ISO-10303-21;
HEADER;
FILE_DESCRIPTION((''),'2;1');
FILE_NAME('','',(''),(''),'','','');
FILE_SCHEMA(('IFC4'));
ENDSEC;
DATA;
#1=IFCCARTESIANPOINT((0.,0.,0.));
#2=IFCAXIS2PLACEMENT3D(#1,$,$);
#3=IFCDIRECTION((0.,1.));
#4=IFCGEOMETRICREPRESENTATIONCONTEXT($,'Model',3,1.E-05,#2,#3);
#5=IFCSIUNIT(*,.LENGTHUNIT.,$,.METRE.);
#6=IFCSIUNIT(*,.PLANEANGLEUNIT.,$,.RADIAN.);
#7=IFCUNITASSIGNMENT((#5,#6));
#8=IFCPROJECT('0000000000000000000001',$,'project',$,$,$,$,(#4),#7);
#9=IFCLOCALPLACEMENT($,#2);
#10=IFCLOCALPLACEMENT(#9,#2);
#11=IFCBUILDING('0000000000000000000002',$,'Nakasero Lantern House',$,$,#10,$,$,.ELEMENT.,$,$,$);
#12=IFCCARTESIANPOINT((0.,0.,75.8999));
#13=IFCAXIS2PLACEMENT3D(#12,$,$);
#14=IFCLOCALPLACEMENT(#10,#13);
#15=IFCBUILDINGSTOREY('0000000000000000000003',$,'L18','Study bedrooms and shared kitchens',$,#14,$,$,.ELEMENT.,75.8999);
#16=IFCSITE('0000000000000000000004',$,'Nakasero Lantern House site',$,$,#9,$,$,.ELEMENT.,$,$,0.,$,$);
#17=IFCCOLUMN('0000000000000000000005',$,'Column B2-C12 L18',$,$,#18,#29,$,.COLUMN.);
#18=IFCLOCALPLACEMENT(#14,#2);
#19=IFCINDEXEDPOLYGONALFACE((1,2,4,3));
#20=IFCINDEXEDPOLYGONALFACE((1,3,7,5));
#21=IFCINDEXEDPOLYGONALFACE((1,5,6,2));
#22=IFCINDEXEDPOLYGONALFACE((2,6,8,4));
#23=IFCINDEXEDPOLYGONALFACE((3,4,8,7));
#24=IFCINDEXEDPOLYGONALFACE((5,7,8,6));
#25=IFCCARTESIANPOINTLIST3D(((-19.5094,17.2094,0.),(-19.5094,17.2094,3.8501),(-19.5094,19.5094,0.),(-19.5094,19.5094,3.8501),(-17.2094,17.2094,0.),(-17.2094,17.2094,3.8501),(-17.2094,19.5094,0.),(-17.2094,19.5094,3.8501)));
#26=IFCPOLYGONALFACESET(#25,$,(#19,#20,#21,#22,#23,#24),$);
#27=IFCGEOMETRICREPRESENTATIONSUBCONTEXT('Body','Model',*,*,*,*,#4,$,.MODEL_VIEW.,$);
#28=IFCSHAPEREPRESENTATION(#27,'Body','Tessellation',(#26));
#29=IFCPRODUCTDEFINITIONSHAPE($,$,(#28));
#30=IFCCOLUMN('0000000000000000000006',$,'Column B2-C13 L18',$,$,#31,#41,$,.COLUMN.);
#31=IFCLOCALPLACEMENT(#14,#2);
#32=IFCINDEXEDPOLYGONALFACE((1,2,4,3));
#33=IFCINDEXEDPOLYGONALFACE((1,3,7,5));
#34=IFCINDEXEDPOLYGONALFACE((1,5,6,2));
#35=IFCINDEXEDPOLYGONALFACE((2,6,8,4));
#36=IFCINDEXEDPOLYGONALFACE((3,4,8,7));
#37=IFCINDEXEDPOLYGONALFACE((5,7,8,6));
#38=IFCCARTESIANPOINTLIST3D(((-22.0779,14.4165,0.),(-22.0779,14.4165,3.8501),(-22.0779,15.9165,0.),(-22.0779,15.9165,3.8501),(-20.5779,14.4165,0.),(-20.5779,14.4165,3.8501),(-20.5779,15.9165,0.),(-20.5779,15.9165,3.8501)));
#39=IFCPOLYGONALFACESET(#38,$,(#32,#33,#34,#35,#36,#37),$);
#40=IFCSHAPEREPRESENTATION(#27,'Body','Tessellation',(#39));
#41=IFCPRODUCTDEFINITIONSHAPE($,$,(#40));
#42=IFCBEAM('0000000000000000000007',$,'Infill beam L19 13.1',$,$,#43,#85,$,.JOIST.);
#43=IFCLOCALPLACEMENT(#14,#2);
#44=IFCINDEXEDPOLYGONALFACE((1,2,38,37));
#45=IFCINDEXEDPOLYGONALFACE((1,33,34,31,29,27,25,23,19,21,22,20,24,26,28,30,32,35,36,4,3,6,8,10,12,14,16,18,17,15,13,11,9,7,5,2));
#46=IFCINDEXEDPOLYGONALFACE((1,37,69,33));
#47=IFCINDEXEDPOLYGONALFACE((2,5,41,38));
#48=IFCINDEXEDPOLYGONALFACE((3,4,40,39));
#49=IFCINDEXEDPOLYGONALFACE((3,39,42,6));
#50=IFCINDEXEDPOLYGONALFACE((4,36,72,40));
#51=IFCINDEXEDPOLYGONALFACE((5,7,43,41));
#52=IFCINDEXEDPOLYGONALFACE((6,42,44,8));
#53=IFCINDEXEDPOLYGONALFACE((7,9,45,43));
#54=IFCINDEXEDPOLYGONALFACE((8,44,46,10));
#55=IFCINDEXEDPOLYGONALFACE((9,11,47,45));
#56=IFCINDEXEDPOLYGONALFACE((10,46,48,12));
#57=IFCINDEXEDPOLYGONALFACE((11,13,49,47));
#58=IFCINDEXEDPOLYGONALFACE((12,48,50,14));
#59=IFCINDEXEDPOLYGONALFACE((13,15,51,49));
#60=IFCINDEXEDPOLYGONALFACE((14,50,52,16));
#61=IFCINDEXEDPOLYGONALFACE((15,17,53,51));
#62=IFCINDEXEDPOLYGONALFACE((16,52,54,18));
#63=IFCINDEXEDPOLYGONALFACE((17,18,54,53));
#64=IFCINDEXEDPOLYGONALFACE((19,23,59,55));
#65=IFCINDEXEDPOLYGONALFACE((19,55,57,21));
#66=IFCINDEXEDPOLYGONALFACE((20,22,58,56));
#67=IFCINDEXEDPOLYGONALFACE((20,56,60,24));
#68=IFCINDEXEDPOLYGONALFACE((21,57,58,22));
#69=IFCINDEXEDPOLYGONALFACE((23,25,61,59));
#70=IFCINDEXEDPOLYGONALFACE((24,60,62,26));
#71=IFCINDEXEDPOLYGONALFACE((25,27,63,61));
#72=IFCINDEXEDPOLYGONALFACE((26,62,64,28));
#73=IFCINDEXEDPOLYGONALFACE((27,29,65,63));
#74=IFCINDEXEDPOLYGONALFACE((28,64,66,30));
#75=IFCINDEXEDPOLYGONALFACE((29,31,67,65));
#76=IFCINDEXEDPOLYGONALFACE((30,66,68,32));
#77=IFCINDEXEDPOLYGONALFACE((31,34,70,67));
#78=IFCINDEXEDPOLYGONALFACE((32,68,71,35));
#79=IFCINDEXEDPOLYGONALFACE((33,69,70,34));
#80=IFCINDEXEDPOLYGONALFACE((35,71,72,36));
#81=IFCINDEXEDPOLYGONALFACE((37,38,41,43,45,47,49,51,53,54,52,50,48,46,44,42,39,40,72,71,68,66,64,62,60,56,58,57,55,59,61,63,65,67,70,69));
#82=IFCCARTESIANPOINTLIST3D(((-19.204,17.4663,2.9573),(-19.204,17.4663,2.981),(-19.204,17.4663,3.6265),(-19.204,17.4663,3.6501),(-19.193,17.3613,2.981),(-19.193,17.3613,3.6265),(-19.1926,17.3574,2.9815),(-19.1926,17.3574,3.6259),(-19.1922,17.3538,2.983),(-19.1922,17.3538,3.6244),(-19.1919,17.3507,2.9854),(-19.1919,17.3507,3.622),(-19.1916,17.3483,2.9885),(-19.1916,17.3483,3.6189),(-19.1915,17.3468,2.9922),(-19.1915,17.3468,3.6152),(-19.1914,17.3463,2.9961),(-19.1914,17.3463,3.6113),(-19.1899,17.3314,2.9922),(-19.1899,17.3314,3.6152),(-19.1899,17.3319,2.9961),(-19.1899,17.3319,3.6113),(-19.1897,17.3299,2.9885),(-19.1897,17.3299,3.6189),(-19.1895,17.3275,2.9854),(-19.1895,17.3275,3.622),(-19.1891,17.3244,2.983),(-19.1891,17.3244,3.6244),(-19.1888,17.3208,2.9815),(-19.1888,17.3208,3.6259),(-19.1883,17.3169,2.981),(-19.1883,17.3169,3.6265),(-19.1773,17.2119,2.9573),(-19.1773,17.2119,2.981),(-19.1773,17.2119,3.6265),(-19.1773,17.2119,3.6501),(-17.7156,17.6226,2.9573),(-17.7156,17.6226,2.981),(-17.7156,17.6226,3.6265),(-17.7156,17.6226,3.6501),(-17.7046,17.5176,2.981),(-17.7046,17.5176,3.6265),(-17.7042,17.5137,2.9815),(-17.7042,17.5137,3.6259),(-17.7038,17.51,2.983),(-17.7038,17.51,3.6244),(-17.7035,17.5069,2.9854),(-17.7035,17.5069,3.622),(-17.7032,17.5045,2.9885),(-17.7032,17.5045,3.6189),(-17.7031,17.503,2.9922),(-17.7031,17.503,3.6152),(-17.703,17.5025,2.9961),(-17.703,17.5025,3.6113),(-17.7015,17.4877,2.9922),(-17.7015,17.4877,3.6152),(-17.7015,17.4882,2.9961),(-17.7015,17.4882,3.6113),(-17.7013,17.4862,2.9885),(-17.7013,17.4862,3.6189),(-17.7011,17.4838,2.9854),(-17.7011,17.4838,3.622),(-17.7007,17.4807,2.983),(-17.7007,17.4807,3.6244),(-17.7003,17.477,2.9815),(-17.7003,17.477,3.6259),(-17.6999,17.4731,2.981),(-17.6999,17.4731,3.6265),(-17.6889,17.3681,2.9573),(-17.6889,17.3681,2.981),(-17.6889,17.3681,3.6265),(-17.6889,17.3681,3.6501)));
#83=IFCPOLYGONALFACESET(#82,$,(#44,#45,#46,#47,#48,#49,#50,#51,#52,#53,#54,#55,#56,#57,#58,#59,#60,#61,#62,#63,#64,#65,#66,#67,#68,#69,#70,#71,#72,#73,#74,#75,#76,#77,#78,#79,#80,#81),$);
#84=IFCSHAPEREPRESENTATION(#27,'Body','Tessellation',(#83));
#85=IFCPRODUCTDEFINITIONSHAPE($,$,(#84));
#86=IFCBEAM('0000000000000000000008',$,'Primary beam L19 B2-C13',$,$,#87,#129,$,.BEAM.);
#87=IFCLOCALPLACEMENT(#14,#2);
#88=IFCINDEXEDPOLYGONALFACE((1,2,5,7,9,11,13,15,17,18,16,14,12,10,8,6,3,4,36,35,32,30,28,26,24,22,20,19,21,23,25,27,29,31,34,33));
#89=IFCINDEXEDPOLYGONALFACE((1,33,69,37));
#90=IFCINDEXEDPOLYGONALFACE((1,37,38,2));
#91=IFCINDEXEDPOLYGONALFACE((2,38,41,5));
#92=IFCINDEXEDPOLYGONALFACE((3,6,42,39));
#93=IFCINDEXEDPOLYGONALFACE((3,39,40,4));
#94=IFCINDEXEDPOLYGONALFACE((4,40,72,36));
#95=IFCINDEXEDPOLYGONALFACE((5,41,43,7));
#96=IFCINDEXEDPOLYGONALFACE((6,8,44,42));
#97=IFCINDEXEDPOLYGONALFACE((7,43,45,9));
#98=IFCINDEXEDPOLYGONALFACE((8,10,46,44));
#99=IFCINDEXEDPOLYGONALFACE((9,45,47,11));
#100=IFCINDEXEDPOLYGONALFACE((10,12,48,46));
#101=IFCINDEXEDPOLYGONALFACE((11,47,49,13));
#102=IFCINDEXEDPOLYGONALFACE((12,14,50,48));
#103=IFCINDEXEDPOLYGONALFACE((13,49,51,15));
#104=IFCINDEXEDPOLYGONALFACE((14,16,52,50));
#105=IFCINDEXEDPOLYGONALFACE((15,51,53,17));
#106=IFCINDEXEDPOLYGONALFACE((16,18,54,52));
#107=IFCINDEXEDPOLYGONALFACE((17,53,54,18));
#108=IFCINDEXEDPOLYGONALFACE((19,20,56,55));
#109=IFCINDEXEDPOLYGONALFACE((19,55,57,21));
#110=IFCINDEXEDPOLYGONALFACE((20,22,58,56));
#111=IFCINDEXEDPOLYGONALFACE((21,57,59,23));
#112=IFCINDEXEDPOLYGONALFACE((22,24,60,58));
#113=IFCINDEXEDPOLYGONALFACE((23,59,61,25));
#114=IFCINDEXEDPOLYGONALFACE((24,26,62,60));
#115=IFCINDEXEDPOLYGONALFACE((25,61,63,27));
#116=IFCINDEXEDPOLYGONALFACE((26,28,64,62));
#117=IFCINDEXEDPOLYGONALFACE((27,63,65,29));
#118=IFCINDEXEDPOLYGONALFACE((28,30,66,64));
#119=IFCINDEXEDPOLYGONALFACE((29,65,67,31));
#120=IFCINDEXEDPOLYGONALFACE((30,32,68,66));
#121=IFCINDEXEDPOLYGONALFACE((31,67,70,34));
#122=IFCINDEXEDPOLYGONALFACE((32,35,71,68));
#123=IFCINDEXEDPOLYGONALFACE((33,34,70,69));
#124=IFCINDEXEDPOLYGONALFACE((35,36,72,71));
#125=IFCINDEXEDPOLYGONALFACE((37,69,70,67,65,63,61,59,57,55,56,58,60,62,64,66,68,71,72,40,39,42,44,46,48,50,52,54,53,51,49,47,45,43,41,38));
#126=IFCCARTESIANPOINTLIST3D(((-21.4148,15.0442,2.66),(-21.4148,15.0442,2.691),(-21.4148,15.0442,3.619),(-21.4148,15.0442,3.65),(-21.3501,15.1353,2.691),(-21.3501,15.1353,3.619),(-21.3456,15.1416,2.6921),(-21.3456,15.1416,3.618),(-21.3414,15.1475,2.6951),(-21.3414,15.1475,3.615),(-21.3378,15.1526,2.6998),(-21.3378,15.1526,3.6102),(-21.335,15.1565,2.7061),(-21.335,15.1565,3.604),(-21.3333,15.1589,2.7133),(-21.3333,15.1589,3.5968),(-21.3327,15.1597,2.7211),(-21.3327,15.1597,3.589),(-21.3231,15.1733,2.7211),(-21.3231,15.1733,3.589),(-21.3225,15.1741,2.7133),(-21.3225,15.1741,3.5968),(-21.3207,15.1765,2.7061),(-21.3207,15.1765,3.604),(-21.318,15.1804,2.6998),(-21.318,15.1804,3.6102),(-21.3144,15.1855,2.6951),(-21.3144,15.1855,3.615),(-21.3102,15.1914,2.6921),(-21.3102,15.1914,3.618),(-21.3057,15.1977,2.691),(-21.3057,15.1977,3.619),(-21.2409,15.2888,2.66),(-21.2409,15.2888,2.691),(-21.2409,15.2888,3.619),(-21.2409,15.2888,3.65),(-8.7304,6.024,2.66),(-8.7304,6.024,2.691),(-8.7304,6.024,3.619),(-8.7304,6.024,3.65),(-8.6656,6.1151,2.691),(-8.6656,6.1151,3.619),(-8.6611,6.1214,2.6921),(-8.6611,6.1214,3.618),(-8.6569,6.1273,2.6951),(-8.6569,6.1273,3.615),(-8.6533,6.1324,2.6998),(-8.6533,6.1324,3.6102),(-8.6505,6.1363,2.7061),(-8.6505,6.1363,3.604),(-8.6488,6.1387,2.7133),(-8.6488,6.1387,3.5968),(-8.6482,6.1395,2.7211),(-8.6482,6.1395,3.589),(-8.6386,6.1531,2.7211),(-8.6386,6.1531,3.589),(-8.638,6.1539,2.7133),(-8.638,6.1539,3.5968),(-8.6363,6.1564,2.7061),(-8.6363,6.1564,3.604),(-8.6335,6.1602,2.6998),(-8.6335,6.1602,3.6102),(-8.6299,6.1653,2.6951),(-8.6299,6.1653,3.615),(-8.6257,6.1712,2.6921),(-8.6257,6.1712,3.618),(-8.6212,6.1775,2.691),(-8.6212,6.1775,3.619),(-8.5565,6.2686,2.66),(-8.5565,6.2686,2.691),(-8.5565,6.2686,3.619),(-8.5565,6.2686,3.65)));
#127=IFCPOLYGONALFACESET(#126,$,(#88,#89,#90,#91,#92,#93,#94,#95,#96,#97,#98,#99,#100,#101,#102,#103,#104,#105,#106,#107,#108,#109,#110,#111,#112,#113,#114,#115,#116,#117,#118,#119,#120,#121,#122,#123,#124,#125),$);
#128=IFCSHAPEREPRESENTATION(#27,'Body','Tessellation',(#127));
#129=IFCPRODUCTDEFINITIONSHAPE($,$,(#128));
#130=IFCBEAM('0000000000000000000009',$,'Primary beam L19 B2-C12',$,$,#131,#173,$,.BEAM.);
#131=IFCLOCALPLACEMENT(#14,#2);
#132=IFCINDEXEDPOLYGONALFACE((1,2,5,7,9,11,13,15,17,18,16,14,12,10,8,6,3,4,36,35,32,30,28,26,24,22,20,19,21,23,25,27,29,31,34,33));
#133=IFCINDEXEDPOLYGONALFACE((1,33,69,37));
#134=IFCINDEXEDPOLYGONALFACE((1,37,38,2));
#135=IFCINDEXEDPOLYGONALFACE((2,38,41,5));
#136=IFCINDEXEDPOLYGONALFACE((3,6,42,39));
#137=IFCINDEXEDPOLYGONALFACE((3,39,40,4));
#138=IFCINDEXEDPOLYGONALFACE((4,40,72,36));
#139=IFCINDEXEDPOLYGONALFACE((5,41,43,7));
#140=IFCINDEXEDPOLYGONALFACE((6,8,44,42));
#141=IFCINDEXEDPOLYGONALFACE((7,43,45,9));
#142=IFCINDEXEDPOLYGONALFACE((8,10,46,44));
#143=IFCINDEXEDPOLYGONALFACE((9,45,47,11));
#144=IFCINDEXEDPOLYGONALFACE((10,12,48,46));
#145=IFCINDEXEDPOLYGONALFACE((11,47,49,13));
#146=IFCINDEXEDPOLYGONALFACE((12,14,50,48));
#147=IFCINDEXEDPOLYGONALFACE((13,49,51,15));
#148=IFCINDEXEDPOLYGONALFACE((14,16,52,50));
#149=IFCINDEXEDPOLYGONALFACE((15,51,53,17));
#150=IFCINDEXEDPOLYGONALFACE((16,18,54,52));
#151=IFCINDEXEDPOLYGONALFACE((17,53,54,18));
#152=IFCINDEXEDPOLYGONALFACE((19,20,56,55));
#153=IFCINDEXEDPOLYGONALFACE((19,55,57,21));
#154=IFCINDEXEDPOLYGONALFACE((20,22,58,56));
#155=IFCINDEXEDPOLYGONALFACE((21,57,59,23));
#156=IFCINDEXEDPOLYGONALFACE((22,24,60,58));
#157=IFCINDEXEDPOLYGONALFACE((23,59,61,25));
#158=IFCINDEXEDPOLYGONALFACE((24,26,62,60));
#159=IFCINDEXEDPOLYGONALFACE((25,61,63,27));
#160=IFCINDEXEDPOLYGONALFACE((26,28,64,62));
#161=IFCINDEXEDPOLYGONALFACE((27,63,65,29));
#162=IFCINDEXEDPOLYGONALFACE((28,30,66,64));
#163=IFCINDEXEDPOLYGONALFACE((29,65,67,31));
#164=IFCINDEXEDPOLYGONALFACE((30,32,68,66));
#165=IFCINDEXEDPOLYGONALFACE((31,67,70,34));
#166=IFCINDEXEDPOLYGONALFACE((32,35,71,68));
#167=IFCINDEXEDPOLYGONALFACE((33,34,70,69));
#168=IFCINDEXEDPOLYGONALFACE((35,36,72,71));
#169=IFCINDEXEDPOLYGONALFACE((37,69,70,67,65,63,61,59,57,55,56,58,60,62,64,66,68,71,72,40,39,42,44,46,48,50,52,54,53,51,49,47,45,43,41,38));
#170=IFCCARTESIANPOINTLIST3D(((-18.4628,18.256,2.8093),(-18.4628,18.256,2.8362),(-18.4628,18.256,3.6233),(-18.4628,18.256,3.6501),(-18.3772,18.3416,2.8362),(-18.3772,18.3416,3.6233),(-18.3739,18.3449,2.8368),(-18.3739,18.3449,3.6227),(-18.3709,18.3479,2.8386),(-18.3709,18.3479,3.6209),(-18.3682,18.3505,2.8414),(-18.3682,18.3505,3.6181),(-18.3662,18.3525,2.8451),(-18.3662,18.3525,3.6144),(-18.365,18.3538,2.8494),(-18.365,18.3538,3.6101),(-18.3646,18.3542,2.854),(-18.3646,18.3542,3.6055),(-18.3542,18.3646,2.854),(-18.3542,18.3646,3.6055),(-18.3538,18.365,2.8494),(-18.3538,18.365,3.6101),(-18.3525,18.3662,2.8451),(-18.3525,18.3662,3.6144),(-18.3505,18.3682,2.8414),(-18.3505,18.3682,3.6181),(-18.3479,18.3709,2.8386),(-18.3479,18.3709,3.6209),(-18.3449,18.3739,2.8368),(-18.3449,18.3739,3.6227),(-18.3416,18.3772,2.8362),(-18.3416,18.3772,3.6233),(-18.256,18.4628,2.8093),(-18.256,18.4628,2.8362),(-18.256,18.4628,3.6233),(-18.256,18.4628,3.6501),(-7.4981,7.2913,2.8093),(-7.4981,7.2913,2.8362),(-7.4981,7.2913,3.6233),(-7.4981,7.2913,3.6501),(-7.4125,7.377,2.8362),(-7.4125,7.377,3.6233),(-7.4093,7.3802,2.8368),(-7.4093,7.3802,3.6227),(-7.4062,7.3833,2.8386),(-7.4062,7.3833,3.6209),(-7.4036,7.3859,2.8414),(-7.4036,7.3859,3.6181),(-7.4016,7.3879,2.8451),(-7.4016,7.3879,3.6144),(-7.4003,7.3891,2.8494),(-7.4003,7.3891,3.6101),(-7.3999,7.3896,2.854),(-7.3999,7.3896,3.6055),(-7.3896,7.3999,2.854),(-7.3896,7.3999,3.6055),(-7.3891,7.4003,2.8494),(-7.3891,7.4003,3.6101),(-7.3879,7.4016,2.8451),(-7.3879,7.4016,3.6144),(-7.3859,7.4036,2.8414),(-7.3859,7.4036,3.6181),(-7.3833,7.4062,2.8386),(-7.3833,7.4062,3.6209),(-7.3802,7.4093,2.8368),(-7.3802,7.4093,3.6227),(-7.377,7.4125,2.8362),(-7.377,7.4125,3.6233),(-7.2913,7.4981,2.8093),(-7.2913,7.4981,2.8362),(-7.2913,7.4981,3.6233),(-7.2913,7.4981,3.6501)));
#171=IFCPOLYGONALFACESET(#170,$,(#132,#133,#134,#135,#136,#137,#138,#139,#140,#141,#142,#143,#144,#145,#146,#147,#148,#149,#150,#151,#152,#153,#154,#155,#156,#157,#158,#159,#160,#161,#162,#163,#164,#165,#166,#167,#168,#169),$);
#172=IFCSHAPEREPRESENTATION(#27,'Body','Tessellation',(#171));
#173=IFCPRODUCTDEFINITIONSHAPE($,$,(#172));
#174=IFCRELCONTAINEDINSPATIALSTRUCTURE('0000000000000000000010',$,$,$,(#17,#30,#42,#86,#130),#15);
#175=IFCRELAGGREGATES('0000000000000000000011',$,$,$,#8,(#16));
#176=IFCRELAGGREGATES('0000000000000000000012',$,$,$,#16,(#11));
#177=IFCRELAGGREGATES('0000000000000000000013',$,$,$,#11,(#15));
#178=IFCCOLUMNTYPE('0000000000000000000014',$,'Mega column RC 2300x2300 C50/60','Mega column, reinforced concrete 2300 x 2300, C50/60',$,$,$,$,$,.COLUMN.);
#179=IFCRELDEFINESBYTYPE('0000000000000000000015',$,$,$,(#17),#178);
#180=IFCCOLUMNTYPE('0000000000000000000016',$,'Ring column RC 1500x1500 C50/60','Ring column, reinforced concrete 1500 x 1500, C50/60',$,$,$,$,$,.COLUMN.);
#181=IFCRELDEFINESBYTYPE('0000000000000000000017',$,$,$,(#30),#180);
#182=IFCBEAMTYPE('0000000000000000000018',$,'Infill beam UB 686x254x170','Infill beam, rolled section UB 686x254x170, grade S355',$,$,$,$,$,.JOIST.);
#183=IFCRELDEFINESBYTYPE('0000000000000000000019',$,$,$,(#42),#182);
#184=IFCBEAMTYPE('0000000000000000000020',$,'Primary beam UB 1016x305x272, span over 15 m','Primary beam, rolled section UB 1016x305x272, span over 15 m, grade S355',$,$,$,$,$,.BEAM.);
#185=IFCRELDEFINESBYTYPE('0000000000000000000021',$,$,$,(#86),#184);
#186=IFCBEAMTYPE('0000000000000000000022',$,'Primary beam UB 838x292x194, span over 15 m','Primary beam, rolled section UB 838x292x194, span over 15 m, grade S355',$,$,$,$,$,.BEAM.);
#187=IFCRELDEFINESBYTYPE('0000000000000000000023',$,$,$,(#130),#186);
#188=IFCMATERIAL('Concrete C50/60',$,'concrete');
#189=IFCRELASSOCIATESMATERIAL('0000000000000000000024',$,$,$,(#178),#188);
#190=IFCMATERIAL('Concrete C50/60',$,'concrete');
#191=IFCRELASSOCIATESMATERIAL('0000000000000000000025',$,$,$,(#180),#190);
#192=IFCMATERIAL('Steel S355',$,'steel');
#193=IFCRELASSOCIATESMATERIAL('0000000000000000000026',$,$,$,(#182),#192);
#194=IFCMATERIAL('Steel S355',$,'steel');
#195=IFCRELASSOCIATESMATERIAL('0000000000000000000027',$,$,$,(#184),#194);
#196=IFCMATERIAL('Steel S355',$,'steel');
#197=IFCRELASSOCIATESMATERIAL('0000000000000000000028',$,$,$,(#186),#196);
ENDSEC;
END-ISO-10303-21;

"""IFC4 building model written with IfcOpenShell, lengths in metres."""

from ifc_helpers import new_model, si_unit, direction, frame, origin, origin_2d, place, context, subcontext, project, spatial, rectangle, i_section, extrude, material, material_profile, profile_set, type_object, element, save


model = new_model("IFC4")

# Units and contexts
model_context = context("Model", 3, precision=1e-05, world=origin(), true_north=direction((0.0, 1.0)))
body_context = subcontext(model_context, "Body", "Model", "MODEL_VIEW")
ifc_project = project(units=[si_unit("LENGTHUNIT", "METRE"), si_unit("PLANEANGLEUNIT", "RADIAN")], contexts=[model_context])

# Site, building, storey
site_placement = place(None, origin())
site = spatial("IfcSite", under=ifc_project, at=site_placement, Name="Nakasero Lantern House site", CompositionType="ELEMENT", RefElevation=0.0)
building_placement = place(site_placement, origin())
building = spatial("IfcBuilding", under=site, at=building_placement, Name="Nakasero Lantern House", CompositionType="ELEMENT")
storey_placement = place(building_placement, frame((0.0, 0.0, 75.8999)))
storey = spatial("IfcBuildingStorey", under=building, at=storey_placement, Name="L18", Description="Study bedrooms and shared kitchens", CompositionType="ELEMENT", Elevation=75.8999)

# Columns
ifc_material_1 = material(Name="Concrete C50/60", Category="concrete")
ifc_material_profile_1 = material_profile(ifc_material_1, rectangle(XDim=2.3, YDim=2.3, at=origin_2d()), Name="RC 2300x2300")
ifc_profile_set_1 = profile_set([ifc_material_profile_1], Name="Concrete C50/60")
column_type_1 = type_object("IfcColumnType", Name="Mega column RC 2300x2300 C50/60", Description="Mega column, reinforced concrete 2300 x 2300, C50/60", PredefinedType="COLUMN", material=ifc_profile_set_1)
column_1_placement = place(storey_placement, frame((-18.3594, 18.3594, 0.0), z_axis=(0.0, 0.0, 1.0), x_axis=(1.0, 0.0, 0.0)))
element("IfcColumn", 1, at=column_1_placement, inside=storey, type_object=column_type_1, Name="Column B2-C12 L18", PredefinedType="COLUMN", context=body_context, shape_type="SweptSolid", body=[
    extrude(rectangle(XDim=2.3, YDim=2.3, at=origin_2d()), origin(), (0.0, 0.0, 1.0), 3.8501),
])
ifc_material_2 = material(Name="Concrete C50/60", Category="concrete")
ifc_material_profile_2 = material_profile(ifc_material_2, rectangle(XDim=1.5, YDim=1.5, at=origin_2d()), Name="RC 1500x1500")
ifc_profile_set_2 = profile_set([ifc_material_profile_2], Name="Concrete C50/60")
column_type_2 = type_object("IfcColumnType", Name="Ring column RC 1500x1500 C50/60", Description="Ring column, reinforced concrete 1500 x 1500, C50/60", PredefinedType="COLUMN", material=ifc_profile_set_2)
column_2_placement = place(storey_placement, frame((-21.3279, 15.1665, 0.0), z_axis=(0.0, 0.0, 1.0), x_axis=(1.0, 0.0, 0.0)))
element("IfcColumn", 2, at=column_2_placement, inside=storey, type_object=column_type_2, Name="Column B2-C13 L18", PredefinedType="COLUMN", context=body_context, shape_type="SweptSolid", body=[
    extrude(rectangle(XDim=1.5, YDim=1.5, at=origin_2d()), origin(), (0.0, 0.0, 1.0), 3.8501),
])

# Beams
ifc_material_3 = material(Name="Steel S355", Category="steel")
ifc_material_profile_3 = material_profile(ifc_material_3, i_section(OverallWidth=0.2559, OverallDepth=0.6929, WebThickness=0.0144, FlangeThickness=0.0237, FilletRadius=0.0151, at=origin_2d()), Name="UB 686x254x170")
ifc_profile_set_3 = profile_set([ifc_material_profile_3], Name="Steel S355")
beam_type_1 = type_object("IfcBeamType", Name="Infill beam UB 686x254x170", Description="Infill beam, rolled section UB 686x254x170, grade S355", PredefinedType="JOIST", material=ifc_profile_set_3)
beam_1_placement = place(storey_placement, frame((-19.1907, 17.3391, 3.3037), z_axis=(0.994536, 0.104396, 0.0), x_axis=(-0.104396, 0.994536, 0.0)))
element("IfcBeam", 3, at=beam_1_placement, inside=storey, type_object=beam_type_1, Name="Infill beam L19 13.1", PredefinedType="JOIST", context=body_context, shape_type="SweptSolid", body=[
    extrude(i_section(OverallWidth=0.2559, OverallDepth=0.6929, WebThickness=0.0144, FlangeThickness=0.0237, FilletRadius=0.0151, at=origin_2d()), origin(), (0.0, 0.0, 1.0), 1.4966),
])
ifc_material_4 = material(Name="Steel S355", Category="steel")
ifc_material_profile_4 = material_profile(ifc_material_4, i_section(OverallWidth=0.3, OverallDepth=0.99, WebThickness=0.0166, FlangeThickness=0.031, FilletRadius=0.03, at=origin_2d()), Name="UB 1016x305x272")
ifc_profile_set_4 = profile_set([ifc_material_profile_4], Name="Steel S355")
beam_type_2 = type_object("IfcBeamType", Name="Primary beam UB 1016x305x272, span over 15 m", Description="Primary beam, rolled section UB 1016x305x272, span over 15 m, grade S355", PredefinedType="BEAM", material=ifc_profile_set_4)
beam_2_placement = place(storey_placement, frame((-21.3279, 15.1665, 3.155), z_axis=(0.814952, -0.579529, 0.0), x_axis=(0.579529, 0.814952, 0.0)))
element("IfcBeam", 4, at=beam_2_placement, inside=storey, type_object=beam_type_2, Name="Primary beam L19 B2-C13", PredefinedType="BEAM", context=body_context, shape_type="SweptSolid", body=[
    extrude(i_section(OverallWidth=0.3, OverallDepth=0.99, WebThickness=0.0166, FlangeThickness=0.031, FilletRadius=0.03, at=origin_2d()), origin(), (0.0, 0.0, 1.0), 15.5647),
])
ifc_material_5 = material(Name="Steel S355", Category="steel")
ifc_material_profile_5 = material_profile(ifc_material_5, i_section(OverallWidth=0.2925, OverallDepth=0.8408, WebThickness=0.0146, FlangeThickness=0.0269, FilletRadius=0.0178, at=origin_2d()), Name="UB 838x292x194")
ifc_profile_set_5 = profile_set([ifc_material_profile_5], Name="Steel S355")
beam_type_3 = type_object("IfcBeamType", Name="Primary beam UB 838x292x194, span over 15 m", Description="Primary beam, rolled section UB 838x292x194, span over 15 m, grade S355", PredefinedType="BEAM", material=ifc_profile_set_5)
beam_3_placement = place(storey_placement, frame((-18.3594, 18.3594, 3.2297), z_axis=(0.707107, -0.707107, 0.0), x_axis=(0.707107, 0.707107, 0.0)))
element("IfcBeam", 5, at=beam_3_placement, inside=storey, type_object=beam_type_3, Name="Primary beam L19 B2-C12", PredefinedType="BEAM", context=body_context, shape_type="SweptSolid", body=[
    extrude(i_section(OverallWidth=0.2925, OverallDepth=0.8408, WebThickness=0.0146, FlangeThickness=0.0269, FilletRadius=0.0178, at=origin_2d()), origin(), (0.0, 0.0, 1.0), 15.5063),
])

save(model, "model.ifc")
